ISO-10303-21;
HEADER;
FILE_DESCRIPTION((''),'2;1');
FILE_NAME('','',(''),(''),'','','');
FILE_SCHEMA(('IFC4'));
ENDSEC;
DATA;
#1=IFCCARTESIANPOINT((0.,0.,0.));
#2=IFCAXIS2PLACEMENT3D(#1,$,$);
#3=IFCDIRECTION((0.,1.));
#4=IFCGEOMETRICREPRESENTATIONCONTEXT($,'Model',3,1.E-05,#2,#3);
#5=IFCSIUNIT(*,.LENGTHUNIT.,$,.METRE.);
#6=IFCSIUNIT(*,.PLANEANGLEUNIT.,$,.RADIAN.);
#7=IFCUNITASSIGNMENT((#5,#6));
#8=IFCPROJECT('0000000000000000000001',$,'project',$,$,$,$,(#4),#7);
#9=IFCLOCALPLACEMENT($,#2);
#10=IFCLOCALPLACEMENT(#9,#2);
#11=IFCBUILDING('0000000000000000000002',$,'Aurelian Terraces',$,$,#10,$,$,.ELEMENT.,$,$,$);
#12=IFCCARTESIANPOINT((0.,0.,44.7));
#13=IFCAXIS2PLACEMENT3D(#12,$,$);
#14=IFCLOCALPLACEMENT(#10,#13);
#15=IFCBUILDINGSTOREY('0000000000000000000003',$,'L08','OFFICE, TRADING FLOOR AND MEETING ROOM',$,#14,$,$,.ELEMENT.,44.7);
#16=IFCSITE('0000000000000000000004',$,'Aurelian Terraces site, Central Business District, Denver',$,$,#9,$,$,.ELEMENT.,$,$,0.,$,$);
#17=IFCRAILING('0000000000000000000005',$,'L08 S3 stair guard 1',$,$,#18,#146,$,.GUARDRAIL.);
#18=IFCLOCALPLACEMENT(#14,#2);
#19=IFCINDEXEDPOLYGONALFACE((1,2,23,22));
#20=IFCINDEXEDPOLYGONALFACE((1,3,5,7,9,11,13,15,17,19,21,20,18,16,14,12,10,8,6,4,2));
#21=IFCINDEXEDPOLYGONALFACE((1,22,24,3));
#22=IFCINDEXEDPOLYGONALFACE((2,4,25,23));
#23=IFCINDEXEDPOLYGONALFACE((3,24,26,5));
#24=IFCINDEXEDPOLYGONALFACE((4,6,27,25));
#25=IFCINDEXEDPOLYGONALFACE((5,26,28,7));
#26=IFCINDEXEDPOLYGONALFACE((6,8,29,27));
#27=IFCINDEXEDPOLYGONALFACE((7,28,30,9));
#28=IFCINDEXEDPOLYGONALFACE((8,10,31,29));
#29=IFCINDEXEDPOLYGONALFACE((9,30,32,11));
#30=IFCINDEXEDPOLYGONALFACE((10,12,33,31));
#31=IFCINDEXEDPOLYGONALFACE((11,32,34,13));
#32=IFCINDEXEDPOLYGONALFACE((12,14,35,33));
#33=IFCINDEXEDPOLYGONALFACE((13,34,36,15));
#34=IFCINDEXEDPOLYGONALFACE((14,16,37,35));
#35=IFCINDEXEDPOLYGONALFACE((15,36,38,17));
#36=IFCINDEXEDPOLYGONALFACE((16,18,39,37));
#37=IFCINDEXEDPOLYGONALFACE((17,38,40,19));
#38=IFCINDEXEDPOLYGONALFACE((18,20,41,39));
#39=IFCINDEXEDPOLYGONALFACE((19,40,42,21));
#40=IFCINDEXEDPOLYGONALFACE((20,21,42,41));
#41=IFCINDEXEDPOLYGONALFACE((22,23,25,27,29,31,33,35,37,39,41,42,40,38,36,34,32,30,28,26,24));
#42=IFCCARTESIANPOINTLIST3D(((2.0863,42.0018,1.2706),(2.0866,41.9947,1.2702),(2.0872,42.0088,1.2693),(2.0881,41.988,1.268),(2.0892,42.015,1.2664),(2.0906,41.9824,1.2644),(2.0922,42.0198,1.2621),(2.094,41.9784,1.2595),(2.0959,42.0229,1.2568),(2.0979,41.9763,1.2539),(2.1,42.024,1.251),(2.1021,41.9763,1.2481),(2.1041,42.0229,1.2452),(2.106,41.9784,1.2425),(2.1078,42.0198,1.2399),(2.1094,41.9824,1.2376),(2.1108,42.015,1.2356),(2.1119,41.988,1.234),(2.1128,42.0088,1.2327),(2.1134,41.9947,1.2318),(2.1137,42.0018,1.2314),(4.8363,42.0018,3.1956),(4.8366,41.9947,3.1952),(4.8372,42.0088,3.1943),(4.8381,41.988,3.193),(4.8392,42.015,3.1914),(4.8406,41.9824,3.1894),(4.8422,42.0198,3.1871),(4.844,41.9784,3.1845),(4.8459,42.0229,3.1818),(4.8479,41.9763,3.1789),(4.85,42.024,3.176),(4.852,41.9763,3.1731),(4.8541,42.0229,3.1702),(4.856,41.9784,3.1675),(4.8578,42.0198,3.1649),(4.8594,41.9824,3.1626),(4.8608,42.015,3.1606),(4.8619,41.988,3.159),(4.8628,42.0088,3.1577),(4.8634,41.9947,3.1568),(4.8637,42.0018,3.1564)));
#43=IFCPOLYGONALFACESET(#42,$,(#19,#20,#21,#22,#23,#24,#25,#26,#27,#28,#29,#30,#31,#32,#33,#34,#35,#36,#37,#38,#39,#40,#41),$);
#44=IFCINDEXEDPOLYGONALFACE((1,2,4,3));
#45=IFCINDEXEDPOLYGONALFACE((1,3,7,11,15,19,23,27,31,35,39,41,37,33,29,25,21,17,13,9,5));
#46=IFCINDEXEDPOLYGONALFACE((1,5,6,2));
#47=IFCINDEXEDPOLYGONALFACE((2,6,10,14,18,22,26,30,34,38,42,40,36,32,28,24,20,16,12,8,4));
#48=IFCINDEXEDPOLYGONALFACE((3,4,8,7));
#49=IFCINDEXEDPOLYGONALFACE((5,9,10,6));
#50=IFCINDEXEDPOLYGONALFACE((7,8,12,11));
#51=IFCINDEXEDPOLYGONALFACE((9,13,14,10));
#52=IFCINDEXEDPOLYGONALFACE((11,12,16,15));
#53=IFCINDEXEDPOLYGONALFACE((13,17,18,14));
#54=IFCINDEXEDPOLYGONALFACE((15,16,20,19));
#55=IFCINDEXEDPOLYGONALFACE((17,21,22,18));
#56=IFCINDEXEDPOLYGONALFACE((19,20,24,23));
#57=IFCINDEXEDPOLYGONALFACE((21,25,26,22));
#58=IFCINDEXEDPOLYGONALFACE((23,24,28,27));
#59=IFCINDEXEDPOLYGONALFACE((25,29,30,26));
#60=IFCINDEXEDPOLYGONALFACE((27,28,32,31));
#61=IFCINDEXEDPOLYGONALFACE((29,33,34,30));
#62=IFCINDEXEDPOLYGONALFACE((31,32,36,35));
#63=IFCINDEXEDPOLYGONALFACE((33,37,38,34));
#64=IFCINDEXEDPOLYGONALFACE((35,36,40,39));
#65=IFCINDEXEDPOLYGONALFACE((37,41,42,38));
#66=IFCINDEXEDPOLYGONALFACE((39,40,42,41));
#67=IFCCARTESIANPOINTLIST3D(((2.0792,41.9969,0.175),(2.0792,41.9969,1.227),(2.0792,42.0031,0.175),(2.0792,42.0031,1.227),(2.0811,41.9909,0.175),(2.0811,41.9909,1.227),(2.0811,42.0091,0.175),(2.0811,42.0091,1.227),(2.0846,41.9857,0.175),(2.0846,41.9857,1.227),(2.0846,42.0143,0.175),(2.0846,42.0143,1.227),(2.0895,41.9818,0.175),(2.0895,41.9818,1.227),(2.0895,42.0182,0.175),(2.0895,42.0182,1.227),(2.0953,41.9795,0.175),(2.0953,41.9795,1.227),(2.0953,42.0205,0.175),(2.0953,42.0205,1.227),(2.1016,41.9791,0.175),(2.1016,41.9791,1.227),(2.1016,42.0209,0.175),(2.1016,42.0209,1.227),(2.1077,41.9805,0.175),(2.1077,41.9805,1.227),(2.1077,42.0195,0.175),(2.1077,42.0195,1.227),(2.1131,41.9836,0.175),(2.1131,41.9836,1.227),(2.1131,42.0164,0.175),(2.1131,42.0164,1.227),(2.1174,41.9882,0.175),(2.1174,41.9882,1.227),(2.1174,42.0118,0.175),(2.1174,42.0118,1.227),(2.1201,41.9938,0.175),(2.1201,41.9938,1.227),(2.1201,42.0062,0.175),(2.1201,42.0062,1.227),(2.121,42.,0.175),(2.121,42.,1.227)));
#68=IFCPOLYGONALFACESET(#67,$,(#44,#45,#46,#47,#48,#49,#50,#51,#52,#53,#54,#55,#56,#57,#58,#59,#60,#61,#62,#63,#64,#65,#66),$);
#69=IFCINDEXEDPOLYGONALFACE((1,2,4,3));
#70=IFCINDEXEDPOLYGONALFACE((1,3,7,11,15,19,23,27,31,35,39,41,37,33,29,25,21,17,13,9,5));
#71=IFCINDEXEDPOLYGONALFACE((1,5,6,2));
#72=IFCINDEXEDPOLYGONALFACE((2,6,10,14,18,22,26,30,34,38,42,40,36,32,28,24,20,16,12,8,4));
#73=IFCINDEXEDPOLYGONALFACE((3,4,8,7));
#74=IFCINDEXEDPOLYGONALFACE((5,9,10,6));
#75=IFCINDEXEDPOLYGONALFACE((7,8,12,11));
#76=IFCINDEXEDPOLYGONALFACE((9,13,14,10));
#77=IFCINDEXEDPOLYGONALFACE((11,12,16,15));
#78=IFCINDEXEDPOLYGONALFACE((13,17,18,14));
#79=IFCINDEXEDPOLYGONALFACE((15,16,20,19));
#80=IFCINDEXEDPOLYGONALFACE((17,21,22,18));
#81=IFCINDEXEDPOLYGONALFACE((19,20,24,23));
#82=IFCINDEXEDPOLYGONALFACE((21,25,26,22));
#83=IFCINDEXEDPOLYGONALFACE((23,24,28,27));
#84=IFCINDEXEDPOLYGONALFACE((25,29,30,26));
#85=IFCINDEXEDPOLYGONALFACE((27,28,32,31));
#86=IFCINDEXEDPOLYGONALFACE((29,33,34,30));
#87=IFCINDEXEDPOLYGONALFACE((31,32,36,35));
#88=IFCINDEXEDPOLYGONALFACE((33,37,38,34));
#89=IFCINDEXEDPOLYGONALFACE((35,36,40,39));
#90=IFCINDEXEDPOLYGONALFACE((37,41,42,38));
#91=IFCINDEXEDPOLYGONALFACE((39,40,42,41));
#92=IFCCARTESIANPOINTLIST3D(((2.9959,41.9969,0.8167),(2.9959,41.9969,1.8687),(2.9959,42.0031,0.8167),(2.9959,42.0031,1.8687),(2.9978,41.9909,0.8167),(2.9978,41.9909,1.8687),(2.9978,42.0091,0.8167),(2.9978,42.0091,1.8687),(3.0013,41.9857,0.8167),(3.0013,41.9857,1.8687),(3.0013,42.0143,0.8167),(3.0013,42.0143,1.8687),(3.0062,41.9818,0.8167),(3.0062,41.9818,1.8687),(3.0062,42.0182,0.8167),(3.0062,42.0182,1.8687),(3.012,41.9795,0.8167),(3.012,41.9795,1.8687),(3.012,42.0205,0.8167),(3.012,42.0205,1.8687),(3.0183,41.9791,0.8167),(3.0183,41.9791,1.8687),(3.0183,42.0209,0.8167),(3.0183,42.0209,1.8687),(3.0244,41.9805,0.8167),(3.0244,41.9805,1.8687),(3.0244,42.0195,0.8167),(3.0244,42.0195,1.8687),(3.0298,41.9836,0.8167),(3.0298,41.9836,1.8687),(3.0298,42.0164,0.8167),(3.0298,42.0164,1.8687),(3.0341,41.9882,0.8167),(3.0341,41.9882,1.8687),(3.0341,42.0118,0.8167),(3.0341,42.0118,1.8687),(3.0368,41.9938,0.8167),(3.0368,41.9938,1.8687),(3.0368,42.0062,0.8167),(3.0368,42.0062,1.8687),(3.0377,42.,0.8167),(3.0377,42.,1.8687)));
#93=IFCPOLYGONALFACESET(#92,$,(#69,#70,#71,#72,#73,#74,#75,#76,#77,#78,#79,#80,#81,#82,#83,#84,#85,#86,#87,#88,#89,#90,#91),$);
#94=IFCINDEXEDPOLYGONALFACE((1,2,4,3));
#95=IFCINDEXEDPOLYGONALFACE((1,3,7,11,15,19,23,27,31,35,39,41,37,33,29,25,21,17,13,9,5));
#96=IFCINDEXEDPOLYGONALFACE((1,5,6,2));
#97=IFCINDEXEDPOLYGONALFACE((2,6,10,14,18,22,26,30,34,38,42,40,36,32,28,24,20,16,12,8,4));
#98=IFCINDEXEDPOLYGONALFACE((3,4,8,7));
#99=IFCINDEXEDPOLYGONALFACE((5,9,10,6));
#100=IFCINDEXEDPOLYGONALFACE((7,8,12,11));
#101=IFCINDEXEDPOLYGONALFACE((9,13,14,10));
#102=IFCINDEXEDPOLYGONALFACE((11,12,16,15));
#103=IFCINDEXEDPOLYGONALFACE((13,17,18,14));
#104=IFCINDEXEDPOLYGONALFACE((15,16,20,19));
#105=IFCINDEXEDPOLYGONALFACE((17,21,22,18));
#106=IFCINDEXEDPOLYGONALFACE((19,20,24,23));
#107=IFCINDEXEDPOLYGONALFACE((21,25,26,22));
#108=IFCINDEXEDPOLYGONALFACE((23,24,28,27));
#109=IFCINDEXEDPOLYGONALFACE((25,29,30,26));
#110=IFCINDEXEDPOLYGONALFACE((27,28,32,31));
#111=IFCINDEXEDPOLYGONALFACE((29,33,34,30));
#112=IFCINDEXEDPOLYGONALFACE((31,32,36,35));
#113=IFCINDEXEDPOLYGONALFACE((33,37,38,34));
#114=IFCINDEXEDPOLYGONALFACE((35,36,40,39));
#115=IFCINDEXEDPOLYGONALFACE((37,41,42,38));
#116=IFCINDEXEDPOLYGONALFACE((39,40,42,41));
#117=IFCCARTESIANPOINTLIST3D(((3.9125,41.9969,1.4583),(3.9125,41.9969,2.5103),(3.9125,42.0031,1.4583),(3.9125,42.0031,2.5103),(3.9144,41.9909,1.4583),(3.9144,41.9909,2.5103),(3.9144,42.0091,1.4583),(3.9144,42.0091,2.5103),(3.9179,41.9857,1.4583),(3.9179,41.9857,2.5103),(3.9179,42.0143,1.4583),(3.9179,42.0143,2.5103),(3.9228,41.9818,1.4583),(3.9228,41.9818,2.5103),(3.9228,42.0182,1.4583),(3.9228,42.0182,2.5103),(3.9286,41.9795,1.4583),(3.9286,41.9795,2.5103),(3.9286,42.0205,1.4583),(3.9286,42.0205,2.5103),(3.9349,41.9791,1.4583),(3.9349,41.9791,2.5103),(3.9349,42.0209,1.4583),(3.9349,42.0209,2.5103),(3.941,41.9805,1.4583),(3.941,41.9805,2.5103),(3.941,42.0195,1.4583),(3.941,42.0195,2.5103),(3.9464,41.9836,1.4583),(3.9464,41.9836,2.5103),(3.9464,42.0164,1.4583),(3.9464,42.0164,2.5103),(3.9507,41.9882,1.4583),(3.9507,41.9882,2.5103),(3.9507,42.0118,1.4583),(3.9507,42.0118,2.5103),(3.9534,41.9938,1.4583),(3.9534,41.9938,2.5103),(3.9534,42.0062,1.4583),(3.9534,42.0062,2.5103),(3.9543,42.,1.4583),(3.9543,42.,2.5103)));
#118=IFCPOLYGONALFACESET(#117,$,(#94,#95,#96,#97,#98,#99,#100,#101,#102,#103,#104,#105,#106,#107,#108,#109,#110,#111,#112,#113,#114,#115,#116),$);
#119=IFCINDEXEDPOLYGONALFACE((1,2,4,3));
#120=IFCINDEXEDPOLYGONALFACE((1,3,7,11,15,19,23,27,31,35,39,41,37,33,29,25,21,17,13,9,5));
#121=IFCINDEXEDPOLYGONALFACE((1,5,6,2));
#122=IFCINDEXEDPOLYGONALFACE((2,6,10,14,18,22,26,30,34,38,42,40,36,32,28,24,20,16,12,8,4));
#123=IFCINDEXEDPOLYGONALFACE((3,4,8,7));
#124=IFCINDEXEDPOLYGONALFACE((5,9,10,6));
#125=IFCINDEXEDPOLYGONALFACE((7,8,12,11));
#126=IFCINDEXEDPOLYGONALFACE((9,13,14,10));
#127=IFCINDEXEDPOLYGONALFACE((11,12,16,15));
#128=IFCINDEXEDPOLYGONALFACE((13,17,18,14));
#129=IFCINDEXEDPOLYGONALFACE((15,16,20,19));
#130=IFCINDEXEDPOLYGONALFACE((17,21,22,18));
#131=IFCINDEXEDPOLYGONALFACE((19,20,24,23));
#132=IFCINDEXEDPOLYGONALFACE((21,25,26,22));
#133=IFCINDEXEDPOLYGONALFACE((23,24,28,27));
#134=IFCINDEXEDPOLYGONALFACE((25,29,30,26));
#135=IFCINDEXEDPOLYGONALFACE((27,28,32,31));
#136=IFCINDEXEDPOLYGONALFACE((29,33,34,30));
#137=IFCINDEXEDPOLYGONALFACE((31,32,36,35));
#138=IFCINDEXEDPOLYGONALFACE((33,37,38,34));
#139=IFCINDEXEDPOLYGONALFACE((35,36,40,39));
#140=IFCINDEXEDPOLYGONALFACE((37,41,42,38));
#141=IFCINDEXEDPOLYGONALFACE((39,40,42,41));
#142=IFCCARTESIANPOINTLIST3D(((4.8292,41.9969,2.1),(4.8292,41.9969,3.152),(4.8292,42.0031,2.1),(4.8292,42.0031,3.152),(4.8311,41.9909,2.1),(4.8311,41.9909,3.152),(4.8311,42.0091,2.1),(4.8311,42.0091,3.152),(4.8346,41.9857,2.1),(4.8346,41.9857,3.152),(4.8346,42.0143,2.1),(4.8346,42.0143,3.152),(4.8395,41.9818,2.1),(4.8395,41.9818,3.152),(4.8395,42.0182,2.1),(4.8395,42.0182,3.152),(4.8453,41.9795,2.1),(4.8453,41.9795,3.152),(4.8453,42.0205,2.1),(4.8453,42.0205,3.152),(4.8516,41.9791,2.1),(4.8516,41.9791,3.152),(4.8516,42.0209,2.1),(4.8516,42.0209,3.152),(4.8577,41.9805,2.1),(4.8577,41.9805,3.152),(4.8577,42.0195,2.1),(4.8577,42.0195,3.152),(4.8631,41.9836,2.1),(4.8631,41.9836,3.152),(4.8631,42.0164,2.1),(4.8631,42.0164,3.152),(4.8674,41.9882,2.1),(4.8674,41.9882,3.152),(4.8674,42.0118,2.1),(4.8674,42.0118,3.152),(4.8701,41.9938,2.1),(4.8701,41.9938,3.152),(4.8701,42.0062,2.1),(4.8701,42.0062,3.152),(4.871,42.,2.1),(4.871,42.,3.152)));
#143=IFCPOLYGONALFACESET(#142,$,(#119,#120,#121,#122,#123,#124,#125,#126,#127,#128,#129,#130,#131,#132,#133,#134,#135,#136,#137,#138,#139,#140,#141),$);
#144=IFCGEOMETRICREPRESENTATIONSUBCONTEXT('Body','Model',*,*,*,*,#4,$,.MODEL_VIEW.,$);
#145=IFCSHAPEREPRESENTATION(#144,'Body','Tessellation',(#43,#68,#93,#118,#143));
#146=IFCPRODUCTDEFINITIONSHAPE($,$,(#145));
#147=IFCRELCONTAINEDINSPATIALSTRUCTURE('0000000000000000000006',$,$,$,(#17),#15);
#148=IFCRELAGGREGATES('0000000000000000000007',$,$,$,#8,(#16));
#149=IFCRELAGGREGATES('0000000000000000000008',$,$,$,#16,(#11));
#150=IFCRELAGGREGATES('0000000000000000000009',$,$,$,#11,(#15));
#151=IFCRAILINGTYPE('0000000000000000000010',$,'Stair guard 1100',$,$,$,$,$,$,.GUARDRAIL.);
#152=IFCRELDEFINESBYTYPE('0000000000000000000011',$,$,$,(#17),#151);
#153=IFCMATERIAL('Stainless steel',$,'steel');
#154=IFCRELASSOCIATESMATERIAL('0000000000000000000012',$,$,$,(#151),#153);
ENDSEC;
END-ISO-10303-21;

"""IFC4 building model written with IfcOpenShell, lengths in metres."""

from ifc_helpers import new_model, si_unit, direction, frame, origin, origin_2d, place, context, subcontext, project, spatial, circle, extrude, source, transform, mapped, material, type_object, element, save


model = new_model("IFC4")

# Units and contexts
model_context = context("Model", 3, precision=1e-05, world=origin(), true_north=direction((0.0, 1.0)))
body_context = subcontext(model_context, "Body", "Model", "MODEL_VIEW")
ifc_project = project(units=[si_unit("LENGTHUNIT", "METRE"), si_unit("PLANEANGLEUNIT", "RADIAN")], contexts=[model_context])

# Site, building, storey
site_placement = place(None, origin())
site = spatial("IfcSite", under=ifc_project, at=site_placement, Name="Aurelian Terraces site, Central Business District, Denver", CompositionType="ELEMENT", RefElevation=0.0)
building_placement = place(site_placement, origin())
building = spatial("IfcBuilding", under=site, at=building_placement, Name="Aurelian Terraces", CompositionType="ELEMENT")
storey_placement = place(building_placement, frame((0.0, 0.0, 44.7)))
storey = spatial("IfcBuildingStorey", under=building, at=storey_placement, Name="L08", Description="OFFICE, TRADING FLOOR AND MEETING ROOM", CompositionType="ELEMENT", Elevation=44.7)

# Railing
ifc_material_1 = material(Name="Stainless steel", Category="steel")
railing_type_1 = type_object("IfcRailingType", Name="Stair guard 1100", PredefinedType="GUARDRAIL", material=ifc_material_1)
shared_shape_1 = source(origin(), body_context, "Body", "SweptSolid", [
    extrude(circle(Radius=0.024, at=origin_2d()), frame((0.0, 0.0, 1.076), z_axis=(0.819232, 0.0, 0.573462), x_axis=(0.0, 1.0, 0.0)), (0.0, 0.0, 1.0), 3.3568),
    extrude(circle(Radius=0.021, at=origin_2d()), origin(), (0.0, 0.0, 1.0), 1.052),
    extrude(circle(Radius=0.021, at=origin_2d()), frame((0.9167, 0.0, 0.6417)), (0.0, 0.0, 1.0), 1.052),
    extrude(circle(Radius=0.021, at=origin_2d()), frame((1.8333, 0.0, 1.2833)), (0.0, 0.0, 1.0), 1.052),
    extrude(circle(Radius=0.021, at=origin_2d()), frame((2.75, 0.0, 1.925)), (0.0, 0.0, 1.0), 1.052),
])
railing_1_placement = place(storey_placement, frame((2.1, 42.0, 0.175)))
element("IfcRailing", 1, at=railing_1_placement, inside=storey, type_object=railing_type_1, Name="L08 S3 stair guard 1", PredefinedType="GUARDRAIL", context=body_context, shape_type="MappedRepresentation", body=[
    mapped(shared_shape_1, transform((0.0, 0.0, 0.0), scale=1.0)),
])

save(model, "model.ifc")
